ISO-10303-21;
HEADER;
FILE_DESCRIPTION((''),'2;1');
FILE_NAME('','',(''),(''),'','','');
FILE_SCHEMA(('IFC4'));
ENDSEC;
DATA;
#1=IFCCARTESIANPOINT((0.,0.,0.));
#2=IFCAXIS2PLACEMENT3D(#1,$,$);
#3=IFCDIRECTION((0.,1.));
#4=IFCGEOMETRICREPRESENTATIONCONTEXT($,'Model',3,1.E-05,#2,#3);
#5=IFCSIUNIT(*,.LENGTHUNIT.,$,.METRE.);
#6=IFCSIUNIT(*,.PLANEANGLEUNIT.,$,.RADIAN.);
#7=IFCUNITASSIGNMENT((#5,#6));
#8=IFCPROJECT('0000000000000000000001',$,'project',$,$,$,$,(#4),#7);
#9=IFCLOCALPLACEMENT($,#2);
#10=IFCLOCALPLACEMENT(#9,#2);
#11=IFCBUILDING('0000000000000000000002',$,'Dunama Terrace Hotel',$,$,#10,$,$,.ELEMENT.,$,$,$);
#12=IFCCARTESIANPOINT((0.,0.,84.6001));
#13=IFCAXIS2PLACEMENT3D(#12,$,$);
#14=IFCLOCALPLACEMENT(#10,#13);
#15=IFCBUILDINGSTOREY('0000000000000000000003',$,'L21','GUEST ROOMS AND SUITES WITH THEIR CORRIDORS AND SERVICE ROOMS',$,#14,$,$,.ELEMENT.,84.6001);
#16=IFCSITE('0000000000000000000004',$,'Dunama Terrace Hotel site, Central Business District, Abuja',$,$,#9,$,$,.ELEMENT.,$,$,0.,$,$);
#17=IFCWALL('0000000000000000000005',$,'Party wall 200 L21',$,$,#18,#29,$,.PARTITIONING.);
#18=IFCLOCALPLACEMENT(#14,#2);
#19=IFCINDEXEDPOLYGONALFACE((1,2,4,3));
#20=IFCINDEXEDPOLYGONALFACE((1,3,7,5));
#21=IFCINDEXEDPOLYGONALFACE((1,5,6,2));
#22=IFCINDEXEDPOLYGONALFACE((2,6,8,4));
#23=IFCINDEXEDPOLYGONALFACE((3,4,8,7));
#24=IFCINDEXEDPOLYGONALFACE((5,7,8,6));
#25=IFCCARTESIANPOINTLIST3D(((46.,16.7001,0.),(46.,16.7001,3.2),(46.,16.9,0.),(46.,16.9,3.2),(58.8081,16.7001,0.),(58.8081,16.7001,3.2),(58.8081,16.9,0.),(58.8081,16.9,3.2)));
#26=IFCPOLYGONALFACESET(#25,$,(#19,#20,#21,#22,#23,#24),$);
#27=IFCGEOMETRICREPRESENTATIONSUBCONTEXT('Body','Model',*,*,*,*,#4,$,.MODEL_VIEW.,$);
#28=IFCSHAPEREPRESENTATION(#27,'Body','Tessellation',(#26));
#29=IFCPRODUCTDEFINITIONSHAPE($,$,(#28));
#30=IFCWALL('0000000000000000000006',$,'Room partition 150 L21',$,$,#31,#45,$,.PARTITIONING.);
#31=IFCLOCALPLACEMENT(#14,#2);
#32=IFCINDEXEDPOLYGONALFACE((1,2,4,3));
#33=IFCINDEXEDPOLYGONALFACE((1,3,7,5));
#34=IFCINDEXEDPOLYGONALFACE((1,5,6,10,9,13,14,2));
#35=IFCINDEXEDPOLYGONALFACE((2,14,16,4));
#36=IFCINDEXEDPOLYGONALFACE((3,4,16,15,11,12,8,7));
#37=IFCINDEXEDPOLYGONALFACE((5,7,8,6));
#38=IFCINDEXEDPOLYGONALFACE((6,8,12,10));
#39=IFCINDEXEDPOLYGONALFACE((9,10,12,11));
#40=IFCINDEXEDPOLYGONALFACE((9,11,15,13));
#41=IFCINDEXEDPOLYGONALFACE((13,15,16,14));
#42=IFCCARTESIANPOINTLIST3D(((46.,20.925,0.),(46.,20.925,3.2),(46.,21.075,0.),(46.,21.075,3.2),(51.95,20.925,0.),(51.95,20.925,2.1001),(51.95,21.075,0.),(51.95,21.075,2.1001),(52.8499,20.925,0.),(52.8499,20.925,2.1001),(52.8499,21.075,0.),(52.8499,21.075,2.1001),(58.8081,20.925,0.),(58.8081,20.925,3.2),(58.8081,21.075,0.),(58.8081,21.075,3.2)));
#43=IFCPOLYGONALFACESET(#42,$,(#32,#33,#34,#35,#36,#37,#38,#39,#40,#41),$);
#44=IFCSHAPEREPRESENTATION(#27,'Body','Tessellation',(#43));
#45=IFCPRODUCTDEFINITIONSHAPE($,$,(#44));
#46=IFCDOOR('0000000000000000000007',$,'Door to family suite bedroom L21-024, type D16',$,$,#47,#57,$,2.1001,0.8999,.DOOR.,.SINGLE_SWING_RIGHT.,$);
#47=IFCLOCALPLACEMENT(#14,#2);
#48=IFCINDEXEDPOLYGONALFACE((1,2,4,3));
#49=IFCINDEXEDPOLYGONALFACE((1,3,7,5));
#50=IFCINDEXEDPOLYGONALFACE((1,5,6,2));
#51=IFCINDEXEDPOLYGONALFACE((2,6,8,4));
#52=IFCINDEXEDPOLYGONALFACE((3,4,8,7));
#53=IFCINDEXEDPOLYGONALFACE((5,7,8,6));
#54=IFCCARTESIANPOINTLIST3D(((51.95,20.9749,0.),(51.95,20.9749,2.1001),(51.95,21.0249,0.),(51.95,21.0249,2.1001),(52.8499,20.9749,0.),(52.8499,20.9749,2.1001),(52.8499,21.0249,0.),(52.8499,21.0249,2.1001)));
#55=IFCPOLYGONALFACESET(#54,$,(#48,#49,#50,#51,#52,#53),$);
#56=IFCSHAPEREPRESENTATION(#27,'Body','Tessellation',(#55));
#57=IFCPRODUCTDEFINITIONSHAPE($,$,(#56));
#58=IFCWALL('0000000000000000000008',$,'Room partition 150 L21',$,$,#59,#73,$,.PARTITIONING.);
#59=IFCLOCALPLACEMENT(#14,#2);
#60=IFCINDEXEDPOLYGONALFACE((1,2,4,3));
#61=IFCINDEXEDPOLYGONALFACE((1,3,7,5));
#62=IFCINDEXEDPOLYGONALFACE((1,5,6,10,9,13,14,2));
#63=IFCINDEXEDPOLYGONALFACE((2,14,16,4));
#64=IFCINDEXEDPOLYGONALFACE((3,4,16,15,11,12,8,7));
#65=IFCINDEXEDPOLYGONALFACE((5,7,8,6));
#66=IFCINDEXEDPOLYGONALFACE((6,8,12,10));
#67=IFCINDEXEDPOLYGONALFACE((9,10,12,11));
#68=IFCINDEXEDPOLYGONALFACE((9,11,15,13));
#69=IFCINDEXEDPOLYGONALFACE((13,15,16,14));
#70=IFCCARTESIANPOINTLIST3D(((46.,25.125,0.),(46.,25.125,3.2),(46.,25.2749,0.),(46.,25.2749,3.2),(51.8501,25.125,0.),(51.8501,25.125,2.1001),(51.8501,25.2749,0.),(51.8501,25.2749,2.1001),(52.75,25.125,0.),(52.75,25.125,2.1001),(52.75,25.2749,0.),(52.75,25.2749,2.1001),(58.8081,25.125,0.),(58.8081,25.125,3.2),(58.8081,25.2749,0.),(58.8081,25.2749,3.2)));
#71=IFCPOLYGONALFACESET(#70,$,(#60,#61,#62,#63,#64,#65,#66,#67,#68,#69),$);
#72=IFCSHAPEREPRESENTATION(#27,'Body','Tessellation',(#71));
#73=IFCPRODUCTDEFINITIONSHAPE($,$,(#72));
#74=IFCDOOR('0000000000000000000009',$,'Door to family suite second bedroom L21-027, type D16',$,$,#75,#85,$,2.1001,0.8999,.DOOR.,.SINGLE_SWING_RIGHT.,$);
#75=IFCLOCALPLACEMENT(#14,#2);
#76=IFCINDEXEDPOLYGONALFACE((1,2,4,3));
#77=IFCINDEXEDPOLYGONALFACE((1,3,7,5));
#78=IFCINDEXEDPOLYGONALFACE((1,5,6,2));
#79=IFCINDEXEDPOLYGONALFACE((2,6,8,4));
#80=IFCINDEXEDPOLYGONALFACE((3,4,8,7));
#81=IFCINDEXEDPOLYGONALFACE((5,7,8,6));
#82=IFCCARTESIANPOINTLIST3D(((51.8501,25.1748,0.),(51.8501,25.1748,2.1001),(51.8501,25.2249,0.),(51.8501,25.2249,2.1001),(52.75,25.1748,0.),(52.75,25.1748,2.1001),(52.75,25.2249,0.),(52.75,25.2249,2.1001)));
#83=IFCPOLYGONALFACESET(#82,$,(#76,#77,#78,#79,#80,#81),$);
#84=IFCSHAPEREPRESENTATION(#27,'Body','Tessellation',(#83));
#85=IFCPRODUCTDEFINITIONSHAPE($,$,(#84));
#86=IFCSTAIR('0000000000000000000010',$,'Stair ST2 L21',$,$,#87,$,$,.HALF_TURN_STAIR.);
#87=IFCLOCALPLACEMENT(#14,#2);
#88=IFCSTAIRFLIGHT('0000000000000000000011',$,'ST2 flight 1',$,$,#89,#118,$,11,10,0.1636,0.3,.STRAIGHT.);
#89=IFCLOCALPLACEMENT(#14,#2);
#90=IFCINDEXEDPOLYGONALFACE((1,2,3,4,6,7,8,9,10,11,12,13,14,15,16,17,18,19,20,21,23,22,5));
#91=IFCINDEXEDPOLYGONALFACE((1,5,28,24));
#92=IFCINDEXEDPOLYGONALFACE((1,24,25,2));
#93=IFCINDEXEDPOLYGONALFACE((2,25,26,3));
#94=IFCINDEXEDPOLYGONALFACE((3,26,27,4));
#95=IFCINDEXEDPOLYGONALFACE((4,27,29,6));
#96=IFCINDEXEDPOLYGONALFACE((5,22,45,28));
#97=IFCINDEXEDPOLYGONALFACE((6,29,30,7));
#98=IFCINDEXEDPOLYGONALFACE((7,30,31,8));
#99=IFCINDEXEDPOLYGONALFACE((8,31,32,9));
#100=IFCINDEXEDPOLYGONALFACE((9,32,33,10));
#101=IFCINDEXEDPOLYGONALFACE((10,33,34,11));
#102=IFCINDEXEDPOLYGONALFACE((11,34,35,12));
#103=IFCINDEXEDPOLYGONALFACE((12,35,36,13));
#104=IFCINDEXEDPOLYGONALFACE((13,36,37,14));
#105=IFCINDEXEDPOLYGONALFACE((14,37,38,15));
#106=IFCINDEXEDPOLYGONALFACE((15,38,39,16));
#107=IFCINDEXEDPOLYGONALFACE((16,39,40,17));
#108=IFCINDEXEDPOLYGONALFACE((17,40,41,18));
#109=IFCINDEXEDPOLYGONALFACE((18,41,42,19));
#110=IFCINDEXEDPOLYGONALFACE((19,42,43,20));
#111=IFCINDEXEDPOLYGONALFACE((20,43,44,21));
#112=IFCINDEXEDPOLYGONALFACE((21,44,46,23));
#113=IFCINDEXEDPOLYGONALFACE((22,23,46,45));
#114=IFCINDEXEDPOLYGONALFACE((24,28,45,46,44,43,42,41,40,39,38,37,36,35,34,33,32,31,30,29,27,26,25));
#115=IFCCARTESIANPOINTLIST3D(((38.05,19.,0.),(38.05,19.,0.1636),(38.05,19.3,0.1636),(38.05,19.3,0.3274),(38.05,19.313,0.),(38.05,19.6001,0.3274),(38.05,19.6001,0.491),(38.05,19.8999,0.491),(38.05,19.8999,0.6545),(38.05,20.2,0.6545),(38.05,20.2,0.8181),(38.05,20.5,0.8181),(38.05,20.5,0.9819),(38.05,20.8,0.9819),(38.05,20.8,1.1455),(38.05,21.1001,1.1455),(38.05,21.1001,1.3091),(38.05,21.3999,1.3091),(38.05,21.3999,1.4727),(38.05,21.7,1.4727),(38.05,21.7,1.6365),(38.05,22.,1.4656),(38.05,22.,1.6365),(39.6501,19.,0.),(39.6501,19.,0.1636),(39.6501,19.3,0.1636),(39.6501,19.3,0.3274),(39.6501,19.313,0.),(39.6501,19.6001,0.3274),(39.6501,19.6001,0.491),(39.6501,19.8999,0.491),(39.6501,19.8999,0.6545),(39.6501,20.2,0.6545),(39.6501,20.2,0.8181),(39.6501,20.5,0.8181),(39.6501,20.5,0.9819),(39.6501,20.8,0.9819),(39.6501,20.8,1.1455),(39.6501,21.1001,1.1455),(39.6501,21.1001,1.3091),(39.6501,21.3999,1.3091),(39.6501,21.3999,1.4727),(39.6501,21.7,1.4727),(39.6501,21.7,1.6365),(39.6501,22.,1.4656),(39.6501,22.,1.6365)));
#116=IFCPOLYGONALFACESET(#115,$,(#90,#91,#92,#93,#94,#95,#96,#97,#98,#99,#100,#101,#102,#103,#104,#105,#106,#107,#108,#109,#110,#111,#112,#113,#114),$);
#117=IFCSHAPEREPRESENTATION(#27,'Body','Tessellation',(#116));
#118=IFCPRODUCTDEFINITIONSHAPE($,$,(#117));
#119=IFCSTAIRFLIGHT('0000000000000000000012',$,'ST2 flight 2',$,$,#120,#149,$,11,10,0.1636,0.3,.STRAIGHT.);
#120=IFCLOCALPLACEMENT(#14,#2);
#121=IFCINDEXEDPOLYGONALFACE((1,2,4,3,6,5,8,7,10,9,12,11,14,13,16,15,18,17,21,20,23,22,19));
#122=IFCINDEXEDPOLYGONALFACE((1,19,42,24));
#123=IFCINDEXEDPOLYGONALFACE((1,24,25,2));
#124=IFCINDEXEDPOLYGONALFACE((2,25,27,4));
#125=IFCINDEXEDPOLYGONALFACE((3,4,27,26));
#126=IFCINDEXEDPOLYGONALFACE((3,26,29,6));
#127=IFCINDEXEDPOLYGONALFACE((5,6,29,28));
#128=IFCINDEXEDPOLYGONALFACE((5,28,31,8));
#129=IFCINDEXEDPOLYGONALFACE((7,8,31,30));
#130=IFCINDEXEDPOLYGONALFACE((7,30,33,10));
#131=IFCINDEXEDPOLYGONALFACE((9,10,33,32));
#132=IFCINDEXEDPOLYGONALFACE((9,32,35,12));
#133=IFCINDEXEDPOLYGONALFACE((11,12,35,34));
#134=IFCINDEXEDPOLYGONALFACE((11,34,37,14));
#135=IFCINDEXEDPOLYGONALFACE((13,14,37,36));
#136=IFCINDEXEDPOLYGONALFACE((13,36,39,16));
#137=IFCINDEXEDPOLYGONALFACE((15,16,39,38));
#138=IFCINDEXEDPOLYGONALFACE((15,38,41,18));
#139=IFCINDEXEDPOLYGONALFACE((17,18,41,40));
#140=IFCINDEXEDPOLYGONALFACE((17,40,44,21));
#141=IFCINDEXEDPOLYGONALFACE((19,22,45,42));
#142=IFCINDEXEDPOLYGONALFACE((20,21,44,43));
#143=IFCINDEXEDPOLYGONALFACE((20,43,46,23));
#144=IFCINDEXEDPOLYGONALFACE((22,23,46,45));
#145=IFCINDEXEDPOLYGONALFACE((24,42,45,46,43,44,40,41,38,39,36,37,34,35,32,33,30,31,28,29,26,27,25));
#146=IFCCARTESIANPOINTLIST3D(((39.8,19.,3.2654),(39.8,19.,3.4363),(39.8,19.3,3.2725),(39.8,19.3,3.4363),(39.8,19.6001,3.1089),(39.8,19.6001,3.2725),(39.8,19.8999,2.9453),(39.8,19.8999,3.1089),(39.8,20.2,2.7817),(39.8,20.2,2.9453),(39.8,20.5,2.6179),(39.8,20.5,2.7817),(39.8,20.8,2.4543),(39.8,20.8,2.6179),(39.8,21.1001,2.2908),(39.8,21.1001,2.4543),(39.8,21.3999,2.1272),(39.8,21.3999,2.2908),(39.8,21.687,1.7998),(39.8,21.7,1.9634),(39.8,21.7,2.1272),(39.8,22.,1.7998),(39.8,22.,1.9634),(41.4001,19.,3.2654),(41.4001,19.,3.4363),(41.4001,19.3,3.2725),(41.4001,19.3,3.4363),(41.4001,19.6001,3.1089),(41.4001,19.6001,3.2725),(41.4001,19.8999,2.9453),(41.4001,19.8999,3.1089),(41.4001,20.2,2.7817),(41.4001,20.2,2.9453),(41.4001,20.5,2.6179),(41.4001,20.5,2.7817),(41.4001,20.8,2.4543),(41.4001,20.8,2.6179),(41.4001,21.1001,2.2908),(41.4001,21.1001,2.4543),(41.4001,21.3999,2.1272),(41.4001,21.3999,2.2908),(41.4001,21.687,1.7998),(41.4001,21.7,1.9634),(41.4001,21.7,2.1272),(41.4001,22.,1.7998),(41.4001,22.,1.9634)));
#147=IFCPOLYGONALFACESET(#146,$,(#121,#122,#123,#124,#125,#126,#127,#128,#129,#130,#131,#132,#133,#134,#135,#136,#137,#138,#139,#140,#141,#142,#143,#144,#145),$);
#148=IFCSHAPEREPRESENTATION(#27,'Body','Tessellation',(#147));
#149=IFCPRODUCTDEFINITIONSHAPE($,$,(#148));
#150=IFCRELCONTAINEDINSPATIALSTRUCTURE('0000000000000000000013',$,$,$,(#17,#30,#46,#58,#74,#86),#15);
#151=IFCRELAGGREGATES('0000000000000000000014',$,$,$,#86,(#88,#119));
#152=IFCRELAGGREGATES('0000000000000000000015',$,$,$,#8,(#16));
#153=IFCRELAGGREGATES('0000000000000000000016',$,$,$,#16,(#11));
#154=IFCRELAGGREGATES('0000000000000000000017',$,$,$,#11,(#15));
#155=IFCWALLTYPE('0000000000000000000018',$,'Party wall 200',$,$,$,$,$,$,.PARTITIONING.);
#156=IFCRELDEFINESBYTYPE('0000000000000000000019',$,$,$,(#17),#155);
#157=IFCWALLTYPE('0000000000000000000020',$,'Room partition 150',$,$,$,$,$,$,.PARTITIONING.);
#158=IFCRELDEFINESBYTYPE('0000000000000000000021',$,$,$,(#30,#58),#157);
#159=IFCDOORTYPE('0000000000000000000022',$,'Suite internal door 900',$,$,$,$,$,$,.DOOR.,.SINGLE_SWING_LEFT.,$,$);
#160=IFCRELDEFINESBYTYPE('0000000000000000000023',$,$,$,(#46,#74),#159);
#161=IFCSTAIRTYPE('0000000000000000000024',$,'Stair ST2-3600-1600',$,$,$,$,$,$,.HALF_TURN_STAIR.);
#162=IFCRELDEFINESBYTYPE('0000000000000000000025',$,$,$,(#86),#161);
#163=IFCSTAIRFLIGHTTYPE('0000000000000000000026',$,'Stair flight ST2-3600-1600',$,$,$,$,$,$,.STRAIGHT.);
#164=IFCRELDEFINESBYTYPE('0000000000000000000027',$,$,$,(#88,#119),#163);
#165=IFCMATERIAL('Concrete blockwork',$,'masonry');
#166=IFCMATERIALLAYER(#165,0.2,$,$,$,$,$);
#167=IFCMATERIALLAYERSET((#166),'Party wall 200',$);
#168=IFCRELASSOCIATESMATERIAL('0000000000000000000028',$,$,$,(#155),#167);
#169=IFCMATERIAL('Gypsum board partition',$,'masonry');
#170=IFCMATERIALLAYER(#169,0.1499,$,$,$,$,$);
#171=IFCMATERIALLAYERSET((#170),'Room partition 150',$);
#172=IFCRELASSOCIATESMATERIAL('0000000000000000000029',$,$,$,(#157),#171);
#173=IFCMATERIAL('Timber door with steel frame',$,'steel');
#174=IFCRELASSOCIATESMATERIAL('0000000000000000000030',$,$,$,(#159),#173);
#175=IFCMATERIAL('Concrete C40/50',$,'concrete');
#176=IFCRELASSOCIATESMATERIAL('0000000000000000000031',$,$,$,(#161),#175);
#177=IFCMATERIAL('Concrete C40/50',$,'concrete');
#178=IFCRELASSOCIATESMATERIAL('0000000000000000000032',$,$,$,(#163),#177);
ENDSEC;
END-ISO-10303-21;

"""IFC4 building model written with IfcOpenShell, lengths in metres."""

from ifc_helpers import new_model, si_unit, direction, frame, frame_2d, origin, place, context, subcontext, project, spatial, polyline, rectangle, outline, extrude, material, layer, layer_set, type_object, element, fill, aggregate, save


model = new_model("IFC4")

# Units and contexts
model_context = context("Model", 3, precision=1e-05, world=origin(), true_north=direction((0.0, 1.0)))
body_context = subcontext(model_context, "Body", "Model", "MODEL_VIEW")
ifc_project = project(units=[si_unit("LENGTHUNIT", "METRE"), si_unit("PLANEANGLEUNIT", "RADIAN")], contexts=[model_context])

# Site, building, storey
site_placement = place(None, origin())
site = spatial("IfcSite", under=ifc_project, at=site_placement, Name="Dunama Terrace Hotel site, Central Business District, Abuja", CompositionType="ELEMENT", RefElevation=0.0)
building_placement = place(site_placement, origin())
building = spatial("IfcBuilding", under=site, at=building_placement, Name="Dunama Terrace Hotel", CompositionType="ELEMENT")
storey_placement = place(building_placement, frame((0.0, 0.0, 84.6001)))
storey = spatial("IfcBuildingStorey", under=building, at=storey_placement, Name="L21", Description="GUEST ROOMS AND SUITES WITH THEIR CORRIDORS AND SERVICE ROOMS", CompositionType="ELEMENT", Elevation=84.6001)

# Wall
ifc_material_1 = material(Name="Concrete blockwork", Category="masonry")
ifc_layer_1 = layer(ifc_material_1, 0.2)
ifc_layer_set_1 = layer_set([ifc_layer_1], Name="Party wall 200")
wall_type_1 = type_object("IfcWallType", Name="Party wall 200", PredefinedType="PARTITIONING", material=ifc_layer_set_1)
wall_1_placement = place(storey_placement, frame((46.0, 16.8, 0.0), z_axis=(0.0, 0.0, 1.0), x_axis=(1.0, 0.0, 0.0)))
element("IfcWall", 1, at=wall_1_placement, inside=storey, type_object=wall_type_1, Name="Party wall 200 L21", PredefinedType="PARTITIONING", context=body_context, shape_type="SweptSolid", body=[
    extrude(rectangle(XDim=12.8081, YDim=0.2, at=frame_2d((6.4041, 0.0))), origin(), (0.0, 0.0, 1.0), 3.2),
])

# Walls, openings, doors
ifc_material_2 = material(Name="Gypsum board partition", Category="masonry")
ifc_layer_2 = layer(ifc_material_2, 0.1499)
ifc_layer_set_2 = layer_set([ifc_layer_2], Name="Room partition 150")
wall_type_2 = type_object("IfcWallType", Name="Room partition 150", PredefinedType="PARTITIONING", material=ifc_layer_set_2)
wall_2_placement = place(storey_placement, frame((46.0, 21.0, 0.0), z_axis=(0.0, 0.0, 1.0), x_axis=(1.0, 0.0, 0.0)))
wall_2 = element("IfcWall", 2, at=wall_2_placement, inside=storey, type_object=wall_type_2, Name="Room partition 150 L21", PredefinedType="PARTITIONING", context=body_context, shape_type="SweptSolid", body=[
    extrude(rectangle(XDim=12.8081, YDim=0.1499, at=frame_2d((6.4041, 0.0))), origin(), (0.0, 0.0, 1.0), 3.2),
])
opening_1_placement = place(wall_2_placement, frame((5.95, 0.0, 0.0)))
opening_1 = element("IfcOpeningElement", 3, at=opening_1_placement, cuts=wall_2, PredefinedType="OPENING", context=body_context, shape_type="SweptSolid", body=[
    extrude(rectangle(XDim=0.8999, YDim=2.1001, at=frame_2d((0.45, 1.05))), frame((0.0, 0.085, 0.0), z_axis=(0.0, -1.0, 0.0), x_axis=(1.0, 0.0, 0.0)), (0.0, 0.0, 1.0), 0.1699),
])
ifc_material_3 = material(Name="Timber door with steel frame", Category="steel")
door_type_1 = type_object("IfcDoorType", Name="Suite internal door 900", OperationType="SINGLE_SWING_LEFT", PredefinedType="DOOR", material=ifc_material_3)
door_1_placement = place(opening_1_placement, frame((0.8999, 0.0, 0.0), z_axis=(0.0, 0.0, 1.0), x_axis=(-1.0, 0.0, 0.0)))
door_1 = element("IfcDoor", 4, at=door_1_placement, inside=storey, type_object=door_type_1, Name="Door to family suite bedroom L21-024, type D16", OperationType="SINGLE_SWING_RIGHT", OverallHeight=2.1001, OverallWidth=0.8999, PredefinedType="DOOR", context=body_context, shape_type="SweptSolid", body=[
    extrude(rectangle(XDim=0.8999, YDim=2.1001, at=frame_2d((0.45, 1.05))), frame((0.0, 0.0251, 0.0), z_axis=(0.0, -1.0, 0.0), x_axis=(1.0, 0.0, 0.0)), (0.0, 0.0, 1.0), 0.05),
])
fill(opening_1, door_1)
wall_3_placement = place(storey_placement, frame((46.0, 25.2, 0.0), z_axis=(0.0, 0.0, 1.0), x_axis=(1.0, 0.0, 0.0)))
wall_3 = element("IfcWall", 5, at=wall_3_placement, inside=storey, type_object=wall_type_2, Name="Room partition 150 L21", PredefinedType="PARTITIONING", context=body_context, shape_type="SweptSolid", body=[
    extrude(rectangle(XDim=12.8081, YDim=0.1499, at=frame_2d((6.4041, 0.0))), origin(), (0.0, 0.0, 1.0), 3.2),
])
opening_2_placement = place(wall_3_placement, frame((5.8501, 0.0, 0.0)))
opening_2 = element("IfcOpeningElement", 6, at=opening_2_placement, cuts=wall_3, PredefinedType="OPENING", context=body_context, shape_type="SweptSolid", body=[
    extrude(rectangle(XDim=0.8999, YDim=2.1001, at=frame_2d((0.45, 1.05))), frame((0.0, 0.085, 0.0), z_axis=(0.0, -1.0, 0.0), x_axis=(1.0, 0.0, 0.0)), (0.0, 0.0, 1.0), 0.1699),
])
door_2_placement = place(opening_2_placement, origin())
door_2 = element("IfcDoor", 7, at=door_2_placement, inside=storey, type_object=door_type_1, Name="Door to family suite second bedroom L21-027, type D16", OperationType="SINGLE_SWING_RIGHT", OverallHeight=2.1001, OverallWidth=0.8999, PredefinedType="DOOR", context=body_context, shape_type="SweptSolid", body=[
    extrude(rectangle(XDim=0.8999, YDim=2.1001, at=frame_2d((0.45, 1.05))), frame((0.0, 0.0249, 0.0), z_axis=(0.0, -1.0, 0.0), x_axis=(1.0, 0.0, 0.0)), (0.0, 0.0, 1.0), 0.05),
])
fill(opening_2, door_2)

# Stair, stair flights
ifc_material_4 = material(Name="Concrete C40/50", Category="concrete")
stair_type = type_object("IfcStairType", Name="Stair ST2-3600-1600", PredefinedType="HALF_TURN_STAIR", material=ifc_material_4)
stair_placement = place(storey_placement, origin())
stair = element("IfcStair", 8, at=stair_placement, inside=storey, type_object=stair_type, Name="Stair ST2 L21", PredefinedType="HALF_TURN_STAIR")
ifc_material_5 = material(Name="Concrete C40/50", Category="concrete")
stair_flight_type = type_object("IfcStairFlightType", Name="Stair flight ST2-3600-1600", PredefinedType="STRAIGHT", material=ifc_material_5)
stair_flight_1_placement = place(storey_placement, frame((38.8501, 19.0, 0.0), z_axis=(0.0, 0.0, 1.0), x_axis=(0.0, 1.0, 0.0)))
stair_flight_1 = element("IfcStairFlight", 9, at=stair_flight_1_placement, type_object=stair_flight_type, Name="ST2 flight 1", NumberOfRisers=11, NumberOfTreads=10, PredefinedType="STRAIGHT", RiserHeight=0.1636, TreadLength=0.3, context=body_context, shape_type="SweptSolid", body=[
    extrude(outline(polyline([(0.0, 0.0), (0.0, 0.1636), (0.3, 0.1636), (0.3, 0.3274), (0.6001, 0.3274), (0.6001, 0.491), (0.8999, 0.491), (0.8999, 0.6545), (1.2, 0.6545), (1.2, 0.8181), (1.5, 0.8181), (1.5, 0.9819), (1.8, 0.9819), (1.8, 1.1455), (2.1001, 1.1455), (2.1001, 1.3091), (2.3999, 1.3091), (2.3999, 1.4727), (2.7, 1.4727), (2.7, 1.6365), (3.0, 1.6365), (3.0, 1.8), (3.0, 1.4656), (0.313, 0.0), (0.0, 0.0)])), frame((0.0, 0.8, 0.0), z_axis=(0.0, -1.0, 0.0), x_axis=(1.0, 0.0, 0.0)), (0.0, 0.0, 1.0), 1.6001),
])
stair_flight_2_placement = place(storey_placement, frame((40.6001, 22.0, 1.7998), z_axis=(0.0, 0.0, 1.0), x_axis=(0.0, -1.0, 0.0)))
stair_flight_2 = element("IfcStairFlight", 10, at=stair_flight_2_placement, type_object=stair_flight_type, Name="ST2 flight 2", NumberOfRisers=11, NumberOfTreads=10, PredefinedType="STRAIGHT", RiserHeight=0.1636, TreadLength=0.3, context=body_context, shape_type="SweptSolid", body=[
    extrude(outline(polyline([(0.0, 0.0), (0.0, 0.1636), (0.3, 0.1636), (0.3, 0.3274), (0.6001, 0.3274), (0.6001, 0.491), (0.8999, 0.491), (0.8999, 0.6545), (1.2, 0.6545), (1.2, 0.8181), (1.5, 0.8181), (1.5, 0.9819), (1.8, 0.9819), (1.8, 1.1455), (2.1001, 1.1455), (2.1001, 1.3091), (2.3999, 1.3091), (2.3999, 1.4727), (2.7, 1.4727), (2.7, 1.6365), (3.0, 1.6365), (3.0, 1.8), (3.0, 1.4656), (0.313, 0.0), (0.0, 0.0)])), frame((0.0, 0.8, 0.0), z_axis=(0.0, -1.0, 0.0), x_axis=(1.0, 0.0, 0.0)), (0.0, 0.0, 1.0), 1.6001),
])
aggregate(stair, [stair_flight_1, stair_flight_2])

save(model, "model.ifc")
